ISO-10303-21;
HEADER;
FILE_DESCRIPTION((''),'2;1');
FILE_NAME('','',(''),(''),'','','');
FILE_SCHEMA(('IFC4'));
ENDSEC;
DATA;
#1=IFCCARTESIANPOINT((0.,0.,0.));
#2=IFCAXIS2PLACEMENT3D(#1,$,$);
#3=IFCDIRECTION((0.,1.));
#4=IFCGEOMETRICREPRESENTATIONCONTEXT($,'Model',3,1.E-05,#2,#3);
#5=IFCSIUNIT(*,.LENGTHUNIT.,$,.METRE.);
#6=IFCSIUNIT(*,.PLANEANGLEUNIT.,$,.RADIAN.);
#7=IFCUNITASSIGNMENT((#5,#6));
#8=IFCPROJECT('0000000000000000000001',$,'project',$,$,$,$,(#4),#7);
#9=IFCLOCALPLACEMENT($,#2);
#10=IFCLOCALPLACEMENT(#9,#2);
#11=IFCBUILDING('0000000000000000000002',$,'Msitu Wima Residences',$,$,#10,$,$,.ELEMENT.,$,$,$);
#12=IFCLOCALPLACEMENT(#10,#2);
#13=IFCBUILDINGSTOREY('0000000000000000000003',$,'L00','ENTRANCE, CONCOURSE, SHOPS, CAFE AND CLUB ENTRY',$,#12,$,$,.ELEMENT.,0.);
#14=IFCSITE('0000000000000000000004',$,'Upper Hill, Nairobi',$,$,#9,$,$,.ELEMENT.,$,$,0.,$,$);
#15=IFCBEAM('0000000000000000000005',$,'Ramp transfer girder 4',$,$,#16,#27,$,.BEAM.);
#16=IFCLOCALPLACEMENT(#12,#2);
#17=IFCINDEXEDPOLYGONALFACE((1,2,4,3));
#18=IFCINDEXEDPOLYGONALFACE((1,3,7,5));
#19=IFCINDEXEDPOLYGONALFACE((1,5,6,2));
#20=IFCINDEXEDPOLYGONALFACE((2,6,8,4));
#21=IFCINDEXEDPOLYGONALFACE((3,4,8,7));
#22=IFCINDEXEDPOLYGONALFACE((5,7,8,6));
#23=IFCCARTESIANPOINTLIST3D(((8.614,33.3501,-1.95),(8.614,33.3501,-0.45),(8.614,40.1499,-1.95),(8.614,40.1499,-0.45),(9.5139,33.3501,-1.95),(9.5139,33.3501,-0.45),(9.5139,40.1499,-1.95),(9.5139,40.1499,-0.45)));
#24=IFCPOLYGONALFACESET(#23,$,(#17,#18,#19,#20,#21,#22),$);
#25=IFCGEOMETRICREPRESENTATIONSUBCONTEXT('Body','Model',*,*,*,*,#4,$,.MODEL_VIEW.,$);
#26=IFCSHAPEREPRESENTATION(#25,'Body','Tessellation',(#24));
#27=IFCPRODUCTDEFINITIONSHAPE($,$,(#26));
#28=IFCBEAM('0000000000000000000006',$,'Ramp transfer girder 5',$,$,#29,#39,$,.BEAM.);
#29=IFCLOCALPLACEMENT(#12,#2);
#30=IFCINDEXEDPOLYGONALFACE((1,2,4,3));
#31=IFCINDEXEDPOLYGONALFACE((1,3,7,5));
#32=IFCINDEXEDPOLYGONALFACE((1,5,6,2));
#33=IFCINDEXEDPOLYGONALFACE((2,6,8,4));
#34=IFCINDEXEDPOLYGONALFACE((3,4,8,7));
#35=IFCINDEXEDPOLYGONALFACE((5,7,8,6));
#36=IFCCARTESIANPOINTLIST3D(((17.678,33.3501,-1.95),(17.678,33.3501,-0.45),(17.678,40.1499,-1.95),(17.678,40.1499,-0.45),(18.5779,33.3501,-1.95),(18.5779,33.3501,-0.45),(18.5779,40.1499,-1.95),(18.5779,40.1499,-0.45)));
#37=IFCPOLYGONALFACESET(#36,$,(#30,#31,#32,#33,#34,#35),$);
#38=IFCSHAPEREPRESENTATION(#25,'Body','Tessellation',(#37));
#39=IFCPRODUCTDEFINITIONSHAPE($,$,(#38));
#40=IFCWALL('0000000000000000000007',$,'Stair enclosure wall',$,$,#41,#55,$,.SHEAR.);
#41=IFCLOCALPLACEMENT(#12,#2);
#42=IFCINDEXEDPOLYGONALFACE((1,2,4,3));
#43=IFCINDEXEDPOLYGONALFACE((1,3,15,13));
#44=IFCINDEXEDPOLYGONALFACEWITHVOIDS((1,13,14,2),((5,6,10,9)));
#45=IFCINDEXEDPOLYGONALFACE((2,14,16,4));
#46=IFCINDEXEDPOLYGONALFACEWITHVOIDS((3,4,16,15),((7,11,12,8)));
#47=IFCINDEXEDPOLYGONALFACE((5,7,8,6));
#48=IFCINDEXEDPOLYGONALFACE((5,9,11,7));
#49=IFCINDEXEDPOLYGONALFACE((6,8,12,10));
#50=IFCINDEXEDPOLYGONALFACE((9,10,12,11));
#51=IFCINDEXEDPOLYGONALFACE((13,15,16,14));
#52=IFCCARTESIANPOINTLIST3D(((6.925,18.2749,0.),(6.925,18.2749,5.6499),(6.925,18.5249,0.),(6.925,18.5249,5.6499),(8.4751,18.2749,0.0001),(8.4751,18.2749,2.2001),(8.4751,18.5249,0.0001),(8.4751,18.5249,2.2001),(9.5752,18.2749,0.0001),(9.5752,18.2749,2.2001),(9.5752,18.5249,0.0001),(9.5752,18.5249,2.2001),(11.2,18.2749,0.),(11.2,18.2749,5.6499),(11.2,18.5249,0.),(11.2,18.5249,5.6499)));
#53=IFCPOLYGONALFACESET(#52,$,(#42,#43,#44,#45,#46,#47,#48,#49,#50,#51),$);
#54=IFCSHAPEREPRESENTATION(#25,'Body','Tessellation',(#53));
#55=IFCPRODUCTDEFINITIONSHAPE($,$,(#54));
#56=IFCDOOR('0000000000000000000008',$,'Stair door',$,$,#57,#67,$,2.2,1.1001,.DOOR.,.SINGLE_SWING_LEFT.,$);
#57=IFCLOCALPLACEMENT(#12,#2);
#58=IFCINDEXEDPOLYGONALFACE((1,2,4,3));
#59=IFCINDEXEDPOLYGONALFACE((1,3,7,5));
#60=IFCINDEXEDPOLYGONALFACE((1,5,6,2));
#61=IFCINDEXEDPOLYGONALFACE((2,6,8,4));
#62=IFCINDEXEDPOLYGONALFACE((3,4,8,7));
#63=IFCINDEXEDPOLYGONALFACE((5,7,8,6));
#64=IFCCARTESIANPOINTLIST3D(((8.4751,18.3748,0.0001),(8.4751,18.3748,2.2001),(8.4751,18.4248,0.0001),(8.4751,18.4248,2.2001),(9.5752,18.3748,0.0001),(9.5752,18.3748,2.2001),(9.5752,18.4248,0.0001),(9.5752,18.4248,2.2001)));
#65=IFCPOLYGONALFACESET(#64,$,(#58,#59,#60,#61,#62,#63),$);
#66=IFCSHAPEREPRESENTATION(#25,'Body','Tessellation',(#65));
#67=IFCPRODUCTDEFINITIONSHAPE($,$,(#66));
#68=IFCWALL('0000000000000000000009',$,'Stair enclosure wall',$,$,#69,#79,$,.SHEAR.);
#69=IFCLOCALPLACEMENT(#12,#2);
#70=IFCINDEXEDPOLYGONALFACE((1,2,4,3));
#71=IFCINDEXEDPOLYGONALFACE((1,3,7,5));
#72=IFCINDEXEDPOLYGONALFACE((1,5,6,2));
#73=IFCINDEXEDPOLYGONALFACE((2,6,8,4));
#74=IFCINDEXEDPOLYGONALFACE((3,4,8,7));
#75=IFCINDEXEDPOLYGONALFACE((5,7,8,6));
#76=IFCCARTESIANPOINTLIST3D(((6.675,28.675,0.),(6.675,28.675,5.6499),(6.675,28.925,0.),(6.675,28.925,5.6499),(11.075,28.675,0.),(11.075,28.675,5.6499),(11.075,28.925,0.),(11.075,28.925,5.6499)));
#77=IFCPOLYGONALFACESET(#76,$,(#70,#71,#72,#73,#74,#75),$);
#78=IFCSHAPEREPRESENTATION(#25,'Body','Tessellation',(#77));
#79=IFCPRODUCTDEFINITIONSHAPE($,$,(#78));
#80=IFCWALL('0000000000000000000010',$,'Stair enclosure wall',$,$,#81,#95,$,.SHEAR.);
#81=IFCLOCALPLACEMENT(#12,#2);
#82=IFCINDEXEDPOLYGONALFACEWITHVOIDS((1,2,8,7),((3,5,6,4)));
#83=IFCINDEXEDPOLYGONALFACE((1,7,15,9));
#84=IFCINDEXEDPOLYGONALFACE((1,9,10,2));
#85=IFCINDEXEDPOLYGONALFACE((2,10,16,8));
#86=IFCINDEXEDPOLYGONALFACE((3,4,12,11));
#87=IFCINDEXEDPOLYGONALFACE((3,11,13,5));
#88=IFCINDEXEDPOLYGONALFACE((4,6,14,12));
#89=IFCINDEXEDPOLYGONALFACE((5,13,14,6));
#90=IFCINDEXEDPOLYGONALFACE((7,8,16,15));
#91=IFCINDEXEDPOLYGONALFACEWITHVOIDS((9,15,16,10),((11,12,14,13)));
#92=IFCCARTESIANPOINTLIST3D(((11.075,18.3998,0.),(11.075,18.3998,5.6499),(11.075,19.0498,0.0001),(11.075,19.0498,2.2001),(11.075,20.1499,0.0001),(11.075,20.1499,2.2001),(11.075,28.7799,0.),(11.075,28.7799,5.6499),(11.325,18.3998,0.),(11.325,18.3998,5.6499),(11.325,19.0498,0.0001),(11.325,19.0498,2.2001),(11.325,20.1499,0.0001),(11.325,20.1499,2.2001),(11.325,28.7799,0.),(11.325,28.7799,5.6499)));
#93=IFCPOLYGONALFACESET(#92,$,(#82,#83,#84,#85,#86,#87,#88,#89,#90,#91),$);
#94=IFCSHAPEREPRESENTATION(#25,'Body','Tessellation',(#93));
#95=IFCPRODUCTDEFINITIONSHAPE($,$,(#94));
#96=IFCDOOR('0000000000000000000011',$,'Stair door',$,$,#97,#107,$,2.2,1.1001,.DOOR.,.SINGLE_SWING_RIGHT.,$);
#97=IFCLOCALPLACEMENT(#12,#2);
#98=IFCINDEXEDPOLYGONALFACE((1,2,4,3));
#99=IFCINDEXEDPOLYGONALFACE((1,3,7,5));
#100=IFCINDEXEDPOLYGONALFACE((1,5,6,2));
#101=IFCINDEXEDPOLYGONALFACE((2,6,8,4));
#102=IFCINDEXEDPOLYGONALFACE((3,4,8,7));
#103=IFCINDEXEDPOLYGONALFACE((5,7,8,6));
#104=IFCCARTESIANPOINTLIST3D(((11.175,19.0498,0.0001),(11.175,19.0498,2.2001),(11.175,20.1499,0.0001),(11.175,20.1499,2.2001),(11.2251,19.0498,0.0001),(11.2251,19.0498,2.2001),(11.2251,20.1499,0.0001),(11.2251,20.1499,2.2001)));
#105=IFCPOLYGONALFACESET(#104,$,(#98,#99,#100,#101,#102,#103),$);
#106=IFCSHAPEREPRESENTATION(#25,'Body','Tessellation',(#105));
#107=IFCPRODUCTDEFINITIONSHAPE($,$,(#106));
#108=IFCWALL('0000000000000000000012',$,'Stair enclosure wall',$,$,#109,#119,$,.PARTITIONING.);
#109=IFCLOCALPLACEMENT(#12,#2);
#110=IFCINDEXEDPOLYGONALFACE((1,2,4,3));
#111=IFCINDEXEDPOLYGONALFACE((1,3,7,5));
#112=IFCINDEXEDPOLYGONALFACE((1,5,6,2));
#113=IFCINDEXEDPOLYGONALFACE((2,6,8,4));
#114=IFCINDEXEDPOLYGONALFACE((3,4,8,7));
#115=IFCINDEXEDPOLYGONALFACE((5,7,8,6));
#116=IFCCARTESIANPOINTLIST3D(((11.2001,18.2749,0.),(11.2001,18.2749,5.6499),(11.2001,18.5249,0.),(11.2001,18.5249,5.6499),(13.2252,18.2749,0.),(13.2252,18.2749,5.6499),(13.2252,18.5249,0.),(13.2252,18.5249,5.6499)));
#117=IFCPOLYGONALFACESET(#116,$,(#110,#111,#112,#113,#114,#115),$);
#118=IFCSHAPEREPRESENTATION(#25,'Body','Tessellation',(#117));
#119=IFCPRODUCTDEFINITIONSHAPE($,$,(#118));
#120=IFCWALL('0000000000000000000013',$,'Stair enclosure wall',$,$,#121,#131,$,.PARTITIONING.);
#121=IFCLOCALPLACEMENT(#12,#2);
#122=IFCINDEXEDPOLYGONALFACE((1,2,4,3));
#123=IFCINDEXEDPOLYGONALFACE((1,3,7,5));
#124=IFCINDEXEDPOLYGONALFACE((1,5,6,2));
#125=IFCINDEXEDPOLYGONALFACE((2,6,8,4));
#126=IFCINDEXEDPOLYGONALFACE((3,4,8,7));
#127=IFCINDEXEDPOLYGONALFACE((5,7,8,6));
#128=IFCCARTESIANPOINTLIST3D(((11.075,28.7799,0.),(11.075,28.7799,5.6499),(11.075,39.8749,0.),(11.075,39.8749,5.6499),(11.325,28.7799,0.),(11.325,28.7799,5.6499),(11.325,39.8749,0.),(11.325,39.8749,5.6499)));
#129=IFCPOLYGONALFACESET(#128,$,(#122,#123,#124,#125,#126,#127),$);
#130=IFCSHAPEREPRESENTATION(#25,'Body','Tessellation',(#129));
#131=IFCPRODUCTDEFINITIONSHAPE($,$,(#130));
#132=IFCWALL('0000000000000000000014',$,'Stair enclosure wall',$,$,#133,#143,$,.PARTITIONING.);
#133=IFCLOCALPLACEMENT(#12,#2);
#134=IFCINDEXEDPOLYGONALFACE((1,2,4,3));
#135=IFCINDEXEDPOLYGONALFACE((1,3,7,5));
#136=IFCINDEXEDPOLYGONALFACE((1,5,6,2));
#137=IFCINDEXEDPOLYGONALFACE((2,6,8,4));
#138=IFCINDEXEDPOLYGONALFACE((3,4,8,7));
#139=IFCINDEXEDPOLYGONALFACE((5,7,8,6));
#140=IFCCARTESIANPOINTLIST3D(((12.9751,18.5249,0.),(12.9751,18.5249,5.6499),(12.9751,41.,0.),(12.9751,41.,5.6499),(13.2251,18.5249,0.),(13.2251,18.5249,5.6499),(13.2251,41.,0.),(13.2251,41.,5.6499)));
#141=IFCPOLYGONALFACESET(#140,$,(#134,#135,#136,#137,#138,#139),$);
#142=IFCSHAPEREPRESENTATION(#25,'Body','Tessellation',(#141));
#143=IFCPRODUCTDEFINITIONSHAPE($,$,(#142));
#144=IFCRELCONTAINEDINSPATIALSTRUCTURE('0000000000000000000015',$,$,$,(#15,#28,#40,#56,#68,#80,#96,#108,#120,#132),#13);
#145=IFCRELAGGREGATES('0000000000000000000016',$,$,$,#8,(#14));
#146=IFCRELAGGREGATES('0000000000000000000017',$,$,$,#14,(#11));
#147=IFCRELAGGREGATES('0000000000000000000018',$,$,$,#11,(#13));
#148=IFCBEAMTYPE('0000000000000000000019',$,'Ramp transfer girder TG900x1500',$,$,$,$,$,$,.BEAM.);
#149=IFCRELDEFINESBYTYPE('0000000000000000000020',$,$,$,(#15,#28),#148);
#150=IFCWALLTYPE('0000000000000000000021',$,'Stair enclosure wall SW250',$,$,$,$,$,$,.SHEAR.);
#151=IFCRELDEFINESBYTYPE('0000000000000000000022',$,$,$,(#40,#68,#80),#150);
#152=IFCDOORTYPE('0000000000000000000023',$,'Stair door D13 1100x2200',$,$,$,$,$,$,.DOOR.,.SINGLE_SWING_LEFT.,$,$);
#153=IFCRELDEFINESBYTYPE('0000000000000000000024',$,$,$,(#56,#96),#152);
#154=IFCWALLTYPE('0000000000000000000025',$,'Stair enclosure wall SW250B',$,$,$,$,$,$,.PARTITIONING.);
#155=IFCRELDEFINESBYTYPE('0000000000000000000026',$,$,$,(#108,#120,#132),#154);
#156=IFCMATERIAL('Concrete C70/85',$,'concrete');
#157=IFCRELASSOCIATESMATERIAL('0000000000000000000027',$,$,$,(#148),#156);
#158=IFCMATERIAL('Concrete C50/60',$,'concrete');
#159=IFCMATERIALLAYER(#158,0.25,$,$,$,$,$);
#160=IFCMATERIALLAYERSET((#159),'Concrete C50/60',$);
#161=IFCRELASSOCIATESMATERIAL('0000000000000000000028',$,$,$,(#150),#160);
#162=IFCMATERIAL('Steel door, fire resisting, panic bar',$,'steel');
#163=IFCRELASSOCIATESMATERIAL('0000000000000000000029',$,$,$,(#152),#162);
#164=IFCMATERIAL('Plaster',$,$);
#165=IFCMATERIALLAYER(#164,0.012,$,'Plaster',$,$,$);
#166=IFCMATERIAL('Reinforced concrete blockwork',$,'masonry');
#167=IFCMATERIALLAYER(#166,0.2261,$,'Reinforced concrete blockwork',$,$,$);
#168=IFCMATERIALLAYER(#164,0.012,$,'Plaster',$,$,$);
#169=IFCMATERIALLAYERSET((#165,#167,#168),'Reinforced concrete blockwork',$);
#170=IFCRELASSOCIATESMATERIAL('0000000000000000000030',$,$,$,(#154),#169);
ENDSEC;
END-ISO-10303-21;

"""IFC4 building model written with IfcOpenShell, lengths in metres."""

from ifc_helpers import new_model, si_unit, direction, frame, frame_2d, origin, origin_2d, place, context, subcontext, project, spatial, rectangle, extrude, material, layer, layer_set, material_profile, profile_set, type_object, element, fill, save


model = new_model("IFC4")

# Units and contexts
model_context = context("Model", 3, precision=1e-05, world=origin(), true_north=direction((0.0, 1.0)))
body_context = subcontext(model_context, "Body", "Model", "MODEL_VIEW")
ifc_project = project(units=[si_unit("LENGTHUNIT", "METRE"), si_unit("PLANEANGLEUNIT", "RADIAN")], contexts=[model_context])

# Site, building, storey
site_placement = place(None, origin())
site = spatial("IfcSite", under=ifc_project, at=site_placement, Name="Upper Hill, Nairobi", CompositionType="ELEMENT", RefElevation=0.0)
building_placement = place(site_placement, origin())
building = spatial("IfcBuilding", under=site, at=building_placement, Name="Msitu Wima Residences", CompositionType="ELEMENT")
storey_placement = place(building_placement, origin())
storey = spatial("IfcBuildingStorey", under=building, at=storey_placement, Name="L00", Description="ENTRANCE, CONCOURSE, SHOPS, CAFE AND CLUB ENTRY", CompositionType="ELEMENT", Elevation=0.0)

# Shared definitions
ifc_material_1 = material(Name="Concrete C70/85", Category="concrete")

# Beams
ifc_material_profile_1 = material_profile(ifc_material_1, rectangle(XDim=0.8999, YDim=1.5, at=origin_2d()), Name="RC 900x1500")
ifc_profile_set_1 = profile_set([ifc_material_profile_1], Name="Concrete C70/85")
beam_type_1 = type_object("IfcBeamType", Name="Ramp transfer girder TG900x1500", PredefinedType="BEAM", material=ifc_profile_set_1)
for number, where, z_axis, x_axis, name in (
    (1, (9.064, 33.3501, -1.2), (0.0, 1.0, 0.0), (-1.0, 0.0, 0.0), "Ramp transfer girder 4"),
    (2, (18.1279, 33.3501, -1.2), (0.0, 1.0, 0.0), (-1.0, 0.0, 0.0), "Ramp transfer girder 5"),
):
    element("IfcBeam", number, at=place(storey_placement, frame(where, z_axis=z_axis, x_axis=x_axis)), inside=storey, type_object=beam_type_1, Name=name, PredefinedType="BEAM", context=body_context, shape_type="SweptSolid", body=[
        extrude(rectangle(XDim=0.8999, YDim=1.5, at=origin_2d()), origin(), (0.0, 0.0, 1.0), 6.7998),
    ])

# Wall, opening, door
ifc_material_2 = material(Name="Concrete C50/60", Category="concrete")
ifc_layer_1 = layer(ifc_material_2, 0.25)
ifc_layer_set_1 = layer_set([ifc_layer_1], Name="Concrete C50/60")
wall_type_1 = type_object("IfcWallType", Name="Stair enclosure wall SW250", PredefinedType="SHEAR", material=ifc_layer_set_1)
wall_1_placement = place(storey_placement, frame((6.925, 18.3999, 0.0), z_axis=(0.0, 0.0, 1.0), x_axis=(1.0, 0.0, 0.0)))
wall_1 = element("IfcWall", 3, at=wall_1_placement, inside=storey, type_object=wall_type_1, Name="Stair enclosure wall", PredefinedType="SHEAR", context=body_context, shape_type="SweptSolid", body=[
    extrude(rectangle(XDim=4.2749, YDim=0.25, at=frame_2d((2.1375, 0.0))), origin(), (0.0, 0.0, 1.0), 5.6499),
])
opening_1_placement = place(wall_1_placement, frame((1.55, 0.0, 0.0)))
opening_1 = element("IfcOpeningElement", 4, at=opening_1_placement, cuts=wall_1, PredefinedType="OPENING", context=body_context, shape_type="SweptSolid", body=[
    extrude(rectangle(XDim=1.1001, YDim=2.2, at=frame_2d((0.55, 1.1001))), frame((0.0, 0.135, 0.0), z_axis=(0.0, -1.0, 0.0), x_axis=(1.0, 0.0, 0.0)), (0.0, 0.0, 1.0), 0.27),
])
ifc_material_3 = material(Name="Steel door, fire resisting, panic bar", Category="steel")
door_type = type_object("IfcDoorType", Name="Stair door D13 1100x2200", OperationType="SINGLE_SWING_LEFT", PredefinedType="DOOR", material=ifc_material_3)
door_1_placement = place(opening_1_placement, origin())
door_1 = element("IfcDoor", 5, at=door_1_placement, inside=storey, type_object=door_type, Name="Stair door", OperationType="SINGLE_SWING_LEFT", OverallHeight=2.2, OverallWidth=1.1001, PredefinedType="DOOR", context=body_context, shape_type="SweptSolid", body=[
    extrude(rectangle(XDim=1.1001, YDim=2.2, at=frame_2d((0.55, 1.1001))), frame((0.0, 0.0249, 0.0), z_axis=(0.0, -1.0, 0.0), x_axis=(1.0, 0.0, 0.0)), (0.0, 0.0, 1.0), 0.05),
])
fill(opening_1, door_1)

# Wall
wall_2_placement = place(storey_placement, frame((6.675, 28.8, 0.0), z_axis=(0.0, 0.0, 1.0), x_axis=(1.0, 0.0, 0.0)))
element("IfcWall", 6, at=wall_2_placement, inside=storey, type_object=wall_type_1, Name="Stair enclosure wall", PredefinedType="SHEAR", context=body_context, shape_type="SweptSolid", body=[
    extrude(rectangle(XDim=4.3999, YDim=0.25, at=frame_2d((2.2, 0.0))), origin(), (0.0, 0.0, 1.0), 5.6499),
])

# Wall, opening, door
wall_3_placement = place(storey_placement, frame((11.2, 18.3999, 0.0), z_axis=(0.0, 0.0, 1.0), x_axis=(0.0, 1.0, 0.0)))
wall_3 = element("IfcWall", 7, at=wall_3_placement, inside=storey, type_object=wall_type_1, Name="Stair enclosure wall", PredefinedType="SHEAR", context=body_context, shape_type="SweptSolid", body=[
    extrude(rectangle(XDim=10.3801, YDim=0.25, at=frame_2d((5.1899, 0.0))), origin(), (0.0, 0.0, 1.0), 5.6499),
])
opening_2_placement = place(wall_3_placement, frame((0.6499, 0.0, 0.0)))
opening_2 = element("IfcOpeningElement", 8, at=opening_2_placement, cuts=wall_3, PredefinedType="OPENING", context=body_context, shape_type="SweptSolid", body=[
    extrude(rectangle(XDim=1.1001, YDim=2.2, at=frame_2d((0.55, 1.1001))), frame((0.0, 0.135, 0.0), z_axis=(0.0, -1.0, 0.0), x_axis=(1.0, 0.0, 0.0)), (0.0, 0.0, 1.0), 0.27),
])
door_2_placement = place(opening_2_placement, origin())
door_2 = element("IfcDoor", 9, at=door_2_placement, inside=storey, type_object=door_type, Name="Stair door", OperationType="SINGLE_SWING_RIGHT", OverallHeight=2.2, OverallWidth=1.1001, PredefinedType="DOOR", context=body_context, shape_type="SweptSolid", body=[
    extrude(rectangle(XDim=1.1001, YDim=2.2, at=frame_2d((0.55, 1.1001))), frame((0.0, 0.0249, 0.0), z_axis=(0.0, -1.0, 0.0), x_axis=(1.0, 0.0, 0.0)), (0.0, 0.0, 1.0), 0.05),
])
fill(opening_2, door_2)

# Walls
ifc_material_4 = material(Name="Plaster")
ifc_layer_2 = layer(ifc_material_4, 0.012, Name="Plaster")
ifc_material_5 = material(Name="Reinforced concrete blockwork", Category="masonry")
ifc_layer_3 = layer(ifc_material_5, 0.2261, Name="Reinforced concrete blockwork")
ifc_layer_4 = layer(ifc_material_4, 0.012, Name="Plaster")
ifc_layer_set_2 = layer_set([ifc_layer_2, ifc_layer_3, ifc_layer_4], Name="Reinforced concrete blockwork")
wall_type_2 = type_object("IfcWallType", Name="Stair enclosure wall SW250B", PredefinedType="PARTITIONING", material=ifc_layer_set_2)
wall_4_placement = place(storey_placement, frame((11.2, 18.3999, 0.0), z_axis=(0.0, 0.0, 1.0), x_axis=(1.0, 0.0, 0.0)))
element("IfcWall", 10, at=wall_4_placement, inside=storey, type_object=wall_type_2, Name="Stair enclosure wall", PredefinedType="PARTITIONING", context=body_context, shape_type="SweptSolid", body=[
    extrude(rectangle(XDim=2.0251, YDim=0.25, at=frame_2d((1.0127, 0.0))), origin(), (0.0, 0.0, 1.0), 5.6499),
])
wall_5_placement = place(storey_placement, frame((11.2, 28.78, 0.0), z_axis=(0.0, 0.0, 1.0), x_axis=(0.0, 1.0, 0.0)))
element("IfcWall", 11, at=wall_5_placement, inside=storey, type_object=wall_type_2, Name="Stair enclosure wall", PredefinedType="PARTITIONING", context=body_context, shape_type="SweptSolid", body=[
    extrude(rectangle(XDim=11.095, YDim=0.25, at=frame_2d((5.5474, 0.0))), origin(), (0.0, 0.0, 1.0), 5.6499),
])
wall_6_placement = place(storey_placement, frame((13.1001, 18.5249, 0.0), z_axis=(0.0, 0.0, 1.0), x_axis=(0.0, 1.0, 0.0)))
element("IfcWall", 12, at=wall_6_placement, inside=storey, type_object=wall_type_2, Name="Stair enclosure wall", PredefinedType="PARTITIONING", context=body_context, shape_type="SweptSolid", body=[
    extrude(rectangle(XDim=22.4751, YDim=0.25, at=frame_2d((11.2375, 0.0))), origin(), (0.0, 0.0, 1.0), 5.6499),
])

save(model, "model.ifc")
